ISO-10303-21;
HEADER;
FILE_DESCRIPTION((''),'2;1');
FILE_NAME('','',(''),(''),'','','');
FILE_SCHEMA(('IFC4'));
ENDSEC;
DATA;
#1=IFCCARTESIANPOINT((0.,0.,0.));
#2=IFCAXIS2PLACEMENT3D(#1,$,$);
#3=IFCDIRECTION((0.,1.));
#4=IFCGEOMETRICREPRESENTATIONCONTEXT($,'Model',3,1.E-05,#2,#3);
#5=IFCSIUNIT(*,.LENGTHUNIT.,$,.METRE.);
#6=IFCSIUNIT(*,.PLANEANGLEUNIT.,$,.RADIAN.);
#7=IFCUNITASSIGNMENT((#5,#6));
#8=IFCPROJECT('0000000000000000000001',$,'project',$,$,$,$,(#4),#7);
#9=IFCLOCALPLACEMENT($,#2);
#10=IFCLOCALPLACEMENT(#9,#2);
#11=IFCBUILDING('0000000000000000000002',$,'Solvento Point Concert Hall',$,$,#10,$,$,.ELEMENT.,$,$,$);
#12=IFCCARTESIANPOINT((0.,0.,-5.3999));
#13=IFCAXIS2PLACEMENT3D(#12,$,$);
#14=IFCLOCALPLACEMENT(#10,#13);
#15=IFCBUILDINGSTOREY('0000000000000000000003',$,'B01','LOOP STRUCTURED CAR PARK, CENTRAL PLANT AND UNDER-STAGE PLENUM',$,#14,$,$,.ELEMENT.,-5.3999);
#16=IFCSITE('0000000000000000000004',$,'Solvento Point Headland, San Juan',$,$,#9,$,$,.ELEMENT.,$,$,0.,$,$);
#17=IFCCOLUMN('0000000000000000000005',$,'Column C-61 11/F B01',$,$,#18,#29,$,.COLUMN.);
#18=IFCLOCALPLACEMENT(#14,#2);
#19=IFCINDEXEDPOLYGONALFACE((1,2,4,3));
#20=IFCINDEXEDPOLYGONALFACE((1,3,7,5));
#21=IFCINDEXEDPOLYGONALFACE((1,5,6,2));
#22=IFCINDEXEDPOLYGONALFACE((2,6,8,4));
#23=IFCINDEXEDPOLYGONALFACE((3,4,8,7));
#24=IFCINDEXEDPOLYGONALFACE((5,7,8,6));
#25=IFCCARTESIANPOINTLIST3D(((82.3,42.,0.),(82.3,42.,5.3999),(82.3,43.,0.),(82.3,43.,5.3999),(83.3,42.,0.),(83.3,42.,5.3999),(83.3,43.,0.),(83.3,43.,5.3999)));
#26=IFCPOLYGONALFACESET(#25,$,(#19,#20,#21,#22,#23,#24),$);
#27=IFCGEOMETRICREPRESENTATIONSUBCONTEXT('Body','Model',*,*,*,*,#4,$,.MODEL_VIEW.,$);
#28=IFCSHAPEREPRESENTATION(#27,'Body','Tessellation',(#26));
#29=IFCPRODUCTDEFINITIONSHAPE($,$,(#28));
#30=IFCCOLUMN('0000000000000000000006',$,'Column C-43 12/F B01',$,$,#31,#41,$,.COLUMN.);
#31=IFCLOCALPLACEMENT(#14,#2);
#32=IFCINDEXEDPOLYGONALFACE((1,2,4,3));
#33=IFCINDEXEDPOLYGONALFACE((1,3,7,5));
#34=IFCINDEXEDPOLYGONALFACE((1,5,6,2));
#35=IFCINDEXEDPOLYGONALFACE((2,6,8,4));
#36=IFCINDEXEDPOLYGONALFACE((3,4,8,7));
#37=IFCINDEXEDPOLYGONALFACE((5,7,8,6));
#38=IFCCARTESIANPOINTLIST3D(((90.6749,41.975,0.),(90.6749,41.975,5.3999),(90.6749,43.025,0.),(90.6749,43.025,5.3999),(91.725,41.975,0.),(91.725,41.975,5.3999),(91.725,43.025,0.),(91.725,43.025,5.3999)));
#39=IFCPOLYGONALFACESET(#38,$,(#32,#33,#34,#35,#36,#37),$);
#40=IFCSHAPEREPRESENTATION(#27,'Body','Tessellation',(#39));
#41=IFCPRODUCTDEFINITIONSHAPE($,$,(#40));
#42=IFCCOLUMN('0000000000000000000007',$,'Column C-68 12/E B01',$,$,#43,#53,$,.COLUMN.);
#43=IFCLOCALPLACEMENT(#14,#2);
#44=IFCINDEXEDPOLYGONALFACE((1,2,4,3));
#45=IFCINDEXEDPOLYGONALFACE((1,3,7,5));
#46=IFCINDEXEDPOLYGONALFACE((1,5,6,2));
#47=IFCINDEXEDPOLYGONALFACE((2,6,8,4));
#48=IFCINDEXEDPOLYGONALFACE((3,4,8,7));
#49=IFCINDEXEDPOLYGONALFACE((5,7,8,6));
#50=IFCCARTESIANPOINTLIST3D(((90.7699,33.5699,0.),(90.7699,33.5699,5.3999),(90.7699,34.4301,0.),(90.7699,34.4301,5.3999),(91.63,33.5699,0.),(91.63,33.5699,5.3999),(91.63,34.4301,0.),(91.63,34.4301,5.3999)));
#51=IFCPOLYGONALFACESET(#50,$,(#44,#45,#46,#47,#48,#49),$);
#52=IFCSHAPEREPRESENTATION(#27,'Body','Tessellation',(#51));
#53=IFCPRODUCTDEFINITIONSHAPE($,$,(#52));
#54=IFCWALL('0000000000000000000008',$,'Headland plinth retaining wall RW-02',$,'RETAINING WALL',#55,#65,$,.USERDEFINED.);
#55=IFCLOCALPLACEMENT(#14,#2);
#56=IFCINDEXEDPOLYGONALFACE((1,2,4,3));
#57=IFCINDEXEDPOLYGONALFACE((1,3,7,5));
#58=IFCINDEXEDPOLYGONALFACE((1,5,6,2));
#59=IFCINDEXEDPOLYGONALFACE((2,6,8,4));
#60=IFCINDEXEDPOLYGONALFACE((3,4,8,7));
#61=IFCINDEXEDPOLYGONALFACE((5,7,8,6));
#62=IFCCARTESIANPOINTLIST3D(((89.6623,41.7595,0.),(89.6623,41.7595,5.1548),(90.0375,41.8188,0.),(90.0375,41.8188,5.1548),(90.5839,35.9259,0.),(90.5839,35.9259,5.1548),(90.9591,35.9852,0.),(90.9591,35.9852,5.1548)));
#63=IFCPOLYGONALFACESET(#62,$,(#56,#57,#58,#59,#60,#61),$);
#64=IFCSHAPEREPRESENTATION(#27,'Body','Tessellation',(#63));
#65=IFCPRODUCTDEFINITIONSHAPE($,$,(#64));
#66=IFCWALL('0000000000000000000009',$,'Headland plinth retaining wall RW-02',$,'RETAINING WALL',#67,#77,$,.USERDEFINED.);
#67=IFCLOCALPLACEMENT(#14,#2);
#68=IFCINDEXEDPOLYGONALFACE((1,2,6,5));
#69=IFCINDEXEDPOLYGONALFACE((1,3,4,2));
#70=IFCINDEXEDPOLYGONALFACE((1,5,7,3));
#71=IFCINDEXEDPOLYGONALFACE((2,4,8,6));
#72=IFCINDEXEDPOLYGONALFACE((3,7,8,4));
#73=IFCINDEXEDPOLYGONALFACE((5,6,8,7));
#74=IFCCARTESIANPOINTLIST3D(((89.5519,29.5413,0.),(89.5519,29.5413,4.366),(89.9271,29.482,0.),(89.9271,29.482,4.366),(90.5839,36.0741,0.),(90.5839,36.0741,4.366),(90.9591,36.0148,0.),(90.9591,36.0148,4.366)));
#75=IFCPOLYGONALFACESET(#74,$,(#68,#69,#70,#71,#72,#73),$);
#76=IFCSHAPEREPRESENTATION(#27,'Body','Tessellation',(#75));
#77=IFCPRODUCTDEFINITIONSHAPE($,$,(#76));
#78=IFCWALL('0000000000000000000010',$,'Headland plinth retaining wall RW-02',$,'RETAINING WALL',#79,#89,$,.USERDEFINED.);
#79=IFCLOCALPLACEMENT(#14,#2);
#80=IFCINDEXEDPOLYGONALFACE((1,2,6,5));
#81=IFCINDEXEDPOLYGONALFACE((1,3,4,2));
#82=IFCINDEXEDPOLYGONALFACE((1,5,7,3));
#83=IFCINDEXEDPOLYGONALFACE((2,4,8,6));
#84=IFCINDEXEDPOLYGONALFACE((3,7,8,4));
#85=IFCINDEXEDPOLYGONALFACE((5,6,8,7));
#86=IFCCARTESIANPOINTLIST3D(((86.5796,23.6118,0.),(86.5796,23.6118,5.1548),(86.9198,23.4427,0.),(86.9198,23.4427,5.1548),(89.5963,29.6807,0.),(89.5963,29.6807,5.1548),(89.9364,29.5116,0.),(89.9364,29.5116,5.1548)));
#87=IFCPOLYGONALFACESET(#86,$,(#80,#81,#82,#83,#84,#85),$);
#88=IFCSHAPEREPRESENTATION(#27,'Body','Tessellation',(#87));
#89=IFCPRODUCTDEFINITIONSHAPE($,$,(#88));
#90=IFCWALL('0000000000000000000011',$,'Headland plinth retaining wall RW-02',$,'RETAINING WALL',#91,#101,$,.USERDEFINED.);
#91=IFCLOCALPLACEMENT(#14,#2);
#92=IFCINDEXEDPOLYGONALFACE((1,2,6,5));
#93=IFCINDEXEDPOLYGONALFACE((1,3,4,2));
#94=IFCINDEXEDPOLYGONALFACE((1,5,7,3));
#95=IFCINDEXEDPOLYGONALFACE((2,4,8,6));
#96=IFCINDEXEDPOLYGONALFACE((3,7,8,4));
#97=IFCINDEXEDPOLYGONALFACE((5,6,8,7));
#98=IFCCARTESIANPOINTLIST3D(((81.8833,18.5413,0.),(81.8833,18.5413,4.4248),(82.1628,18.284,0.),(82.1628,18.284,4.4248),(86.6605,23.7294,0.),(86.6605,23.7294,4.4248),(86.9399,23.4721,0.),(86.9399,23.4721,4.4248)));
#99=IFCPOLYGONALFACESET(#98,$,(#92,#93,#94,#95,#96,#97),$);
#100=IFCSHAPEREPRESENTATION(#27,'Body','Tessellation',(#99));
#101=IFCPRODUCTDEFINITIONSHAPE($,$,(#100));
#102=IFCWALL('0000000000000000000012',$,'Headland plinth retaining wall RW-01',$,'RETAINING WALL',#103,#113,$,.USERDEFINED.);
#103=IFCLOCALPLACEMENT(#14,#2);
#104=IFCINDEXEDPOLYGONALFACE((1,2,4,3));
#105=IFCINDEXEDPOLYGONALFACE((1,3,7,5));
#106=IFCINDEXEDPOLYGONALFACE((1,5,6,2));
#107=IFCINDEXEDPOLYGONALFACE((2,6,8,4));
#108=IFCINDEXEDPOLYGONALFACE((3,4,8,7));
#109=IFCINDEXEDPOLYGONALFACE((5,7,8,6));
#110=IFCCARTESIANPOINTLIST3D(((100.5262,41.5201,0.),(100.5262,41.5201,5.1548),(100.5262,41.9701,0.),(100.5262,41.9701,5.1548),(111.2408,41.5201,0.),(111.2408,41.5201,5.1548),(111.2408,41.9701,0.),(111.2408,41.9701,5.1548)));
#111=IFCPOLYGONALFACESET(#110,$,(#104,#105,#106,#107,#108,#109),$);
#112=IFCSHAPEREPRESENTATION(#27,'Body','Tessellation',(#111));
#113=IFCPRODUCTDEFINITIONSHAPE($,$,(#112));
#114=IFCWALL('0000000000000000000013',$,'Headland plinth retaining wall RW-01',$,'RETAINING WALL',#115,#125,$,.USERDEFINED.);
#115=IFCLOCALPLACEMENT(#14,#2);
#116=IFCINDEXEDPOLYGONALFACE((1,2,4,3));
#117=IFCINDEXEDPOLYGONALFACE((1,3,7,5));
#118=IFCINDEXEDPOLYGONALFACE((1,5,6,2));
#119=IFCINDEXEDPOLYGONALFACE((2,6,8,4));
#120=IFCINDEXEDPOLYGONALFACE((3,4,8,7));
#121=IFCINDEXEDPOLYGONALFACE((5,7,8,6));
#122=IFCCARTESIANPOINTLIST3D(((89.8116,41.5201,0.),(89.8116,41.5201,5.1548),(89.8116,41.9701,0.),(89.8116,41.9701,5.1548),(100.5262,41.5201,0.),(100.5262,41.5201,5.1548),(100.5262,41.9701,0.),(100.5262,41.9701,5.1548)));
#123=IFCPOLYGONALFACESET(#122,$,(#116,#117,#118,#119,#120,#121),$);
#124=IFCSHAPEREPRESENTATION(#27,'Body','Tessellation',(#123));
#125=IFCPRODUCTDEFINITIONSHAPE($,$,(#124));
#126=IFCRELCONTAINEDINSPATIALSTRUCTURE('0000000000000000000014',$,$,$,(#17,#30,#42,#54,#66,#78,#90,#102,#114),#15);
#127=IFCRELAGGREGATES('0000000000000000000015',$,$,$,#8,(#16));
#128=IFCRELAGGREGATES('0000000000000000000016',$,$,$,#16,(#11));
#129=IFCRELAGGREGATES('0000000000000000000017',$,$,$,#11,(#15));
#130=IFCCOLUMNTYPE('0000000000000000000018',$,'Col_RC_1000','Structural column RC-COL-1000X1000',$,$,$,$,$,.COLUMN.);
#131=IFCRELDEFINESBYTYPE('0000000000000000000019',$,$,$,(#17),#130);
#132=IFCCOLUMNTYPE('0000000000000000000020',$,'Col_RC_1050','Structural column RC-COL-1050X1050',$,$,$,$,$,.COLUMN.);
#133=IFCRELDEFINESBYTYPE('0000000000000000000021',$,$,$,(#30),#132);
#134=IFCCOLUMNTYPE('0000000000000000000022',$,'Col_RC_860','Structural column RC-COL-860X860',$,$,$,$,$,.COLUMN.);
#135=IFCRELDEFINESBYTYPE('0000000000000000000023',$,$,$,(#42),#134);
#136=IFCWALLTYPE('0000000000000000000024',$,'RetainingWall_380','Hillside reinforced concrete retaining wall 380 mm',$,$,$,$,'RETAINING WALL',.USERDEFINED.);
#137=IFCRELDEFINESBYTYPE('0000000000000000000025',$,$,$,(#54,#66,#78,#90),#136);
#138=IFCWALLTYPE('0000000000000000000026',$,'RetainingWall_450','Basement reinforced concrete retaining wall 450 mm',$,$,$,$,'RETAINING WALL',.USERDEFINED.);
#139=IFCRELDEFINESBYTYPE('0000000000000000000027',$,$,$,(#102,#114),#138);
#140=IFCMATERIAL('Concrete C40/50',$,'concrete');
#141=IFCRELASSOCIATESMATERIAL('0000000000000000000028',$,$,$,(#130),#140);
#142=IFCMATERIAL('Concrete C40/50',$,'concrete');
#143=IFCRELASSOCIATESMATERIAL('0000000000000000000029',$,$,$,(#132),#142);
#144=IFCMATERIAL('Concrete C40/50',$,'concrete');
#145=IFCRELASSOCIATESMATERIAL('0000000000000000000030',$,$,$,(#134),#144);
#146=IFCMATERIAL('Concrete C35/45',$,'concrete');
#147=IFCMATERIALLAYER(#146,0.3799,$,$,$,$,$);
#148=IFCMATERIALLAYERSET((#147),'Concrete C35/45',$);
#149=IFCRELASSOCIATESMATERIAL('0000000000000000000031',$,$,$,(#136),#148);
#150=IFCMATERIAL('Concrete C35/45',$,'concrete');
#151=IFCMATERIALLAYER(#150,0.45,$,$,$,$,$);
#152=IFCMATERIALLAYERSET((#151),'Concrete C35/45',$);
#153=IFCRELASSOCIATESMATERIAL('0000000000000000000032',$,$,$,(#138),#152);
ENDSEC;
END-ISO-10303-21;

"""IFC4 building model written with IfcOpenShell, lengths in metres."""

from ifc_helpers import new_model, si_unit, direction, frame, frame_2d, origin, origin_2d, place, context, subcontext, project, spatial, rectangle, extrude, material, layer, layer_set, material_profile, profile_set, type_object, element, save


model = new_model("IFC4")

# Units and contexts
model_context = context("Model", 3, precision=1e-05, world=origin(), true_north=direction((0.0, 1.0)))
body_context = subcontext(model_context, "Body", "Model", "MODEL_VIEW")
ifc_project = project(units=[si_unit("LENGTHUNIT", "METRE"), si_unit("PLANEANGLEUNIT", "RADIAN")], contexts=[model_context])

# Site, building, storey
site_placement = place(None, origin())
site = spatial("IfcSite", under=ifc_project, at=site_placement, Name="Solvento Point Headland, San Juan", CompositionType="ELEMENT", RefElevation=0.0)
building_placement = place(site_placement, origin())
building = spatial("IfcBuilding", under=site, at=building_placement, Name="Solvento Point Concert Hall", CompositionType="ELEMENT")
storey_placement = place(building_placement, frame((0.0, 0.0, -5.3999)))
storey = spatial("IfcBuildingStorey", under=building, at=storey_placement, Name="B01", Description="LOOP STRUCTURED CAR PARK, CENTRAL PLANT AND UNDER-STAGE PLENUM", CompositionType="ELEMENT", Elevation=-5.3999)

# Columns
ifc_material_1 = material(Name="Concrete C40/50", Category="concrete")
ifc_material_profile_1 = material_profile(ifc_material_1, rectangle(XDim=1.0, YDim=1.0, at=origin_2d()), Name="RC-COL-1000X1000")
ifc_profile_set_1 = profile_set([ifc_material_profile_1], Name="Concrete C40/50")
column_type_1 = type_object("IfcColumnType", Name="Col_RC_1000", Description="Structural column RC-COL-1000X1000", PredefinedType="COLUMN", material=ifc_profile_set_1)
column_1_placement = place(storey_placement, frame((82.8, 42.5, 0.0), z_axis=(0.0, 0.0, 1.0), x_axis=(1.0, 0.0, 0.0)))
element("IfcColumn", 1, at=column_1_placement, inside=storey, type_object=column_type_1, Name="Column C-61 11/F B01", PredefinedType="COLUMN", context=body_context, shape_type="SweptSolid", body=[
    extrude(rectangle(XDim=1.0, YDim=1.0, at=origin_2d()), origin(), (0.0, 0.0, 1.0), 5.3999),
])
ifc_material_2 = material(Name="Concrete C40/50", Category="concrete")
ifc_material_profile_2 = material_profile(ifc_material_2, rectangle(XDim=1.05, YDim=1.05, at=origin_2d()), Name="RC-COL-1050X1050")
ifc_profile_set_2 = profile_set([ifc_material_profile_2], Name="Concrete C40/50")
column_type_2 = type_object("IfcColumnType", Name="Col_RC_1050", Description="Structural column RC-COL-1050X1050", PredefinedType="COLUMN", material=ifc_profile_set_2)
column_2_placement = place(storey_placement, frame((91.2, 42.5, 0.0), z_axis=(0.0, 0.0, 1.0), x_axis=(1.0, 0.0, 0.0)))
element("IfcColumn", 2, at=column_2_placement, inside=storey, type_object=column_type_2, Name="Column C-43 12/F B01", PredefinedType="COLUMN", context=body_context, shape_type="SweptSolid", body=[
    extrude(rectangle(XDim=1.05, YDim=1.05, at=origin_2d()), origin(), (0.0, 0.0, 1.0), 5.3999),
])
ifc_material_3 = material(Name="Concrete C40/50", Category="concrete")
ifc_material_profile_3 = material_profile(ifc_material_3, rectangle(XDim=0.8601, YDim=0.8601, at=origin_2d()), Name="RC-COL-860X860")
ifc_profile_set_3 = profile_set([ifc_material_profile_3], Name="Concrete C40/50")
column_type_3 = type_object("IfcColumnType", Name="Col_RC_860", Description="Structural column RC-COL-860X860", PredefinedType="COLUMN", material=ifc_profile_set_3)
column_3_placement = place(storey_placement, frame((91.2, 34.0, 0.0), z_axis=(0.0, 0.0, 1.0), x_axis=(1.0, 0.0, 0.0)))
element("IfcColumn", 3, at=column_3_placement, inside=storey, type_object=column_type_3, Name="Column C-68 12/E B01", PredefinedType="COLUMN", context=body_context, shape_type="SweptSolid", body=[
    extrude(rectangle(XDim=0.8601, YDim=0.8601, at=origin_2d()), origin(), (0.0, 0.0, 1.0), 5.3999),
])

# Walls
ifc_material_4 = material(Name="Concrete C35/45", Category="concrete")
ifc_layer_1 = layer(ifc_material_4, 0.3799)
ifc_layer_set_1 = layer_set([ifc_layer_1], Name="Concrete C35/45")
wall_type_1 = type_object("IfcWallType", Name="RetainingWall_380", Description="Hillside reinforced concrete retaining wall 380 mm", ElementType="RETAINING WALL", PredefinedType="USERDEFINED", material=ifc_layer_set_1)
wall_1_placement = place(storey_placement, frame((89.8499, 41.7893, 0.0), z_axis=(0.0, 0.0, 1.0), x_axis=(0.156047, -0.98775, 0.0)))
element("IfcWall", 4, at=wall_1_placement, inside=storey, type_object=wall_type_1, Name="Headland plinth retaining wall RW-02", ObjectType="RETAINING WALL", PredefinedType="USERDEFINED", context=body_context, shape_type="SweptSolid", body=[
    extrude(rectangle(XDim=5.906, YDim=0.3799, at=frame_2d((2.9531, 0.0))), origin(), (0.0, 0.0, 1.0), 5.1548),
])
wall_2_placement = place(storey_placement, frame((90.7715, 36.0444, 0.0), z_axis=(0.0, 0.0, 1.0), x_axis=(-0.156037, -0.987751, 0.0)))
element("IfcWall", 5, at=wall_2_placement, inside=storey, type_object=wall_type_1, Name="Headland plinth retaining wall RW-02", ObjectType="RETAINING WALL", PredefinedType="USERDEFINED", context=body_context, shape_type="SweptSolid", body=[
    extrude(rectangle(XDim=6.6138, YDim=0.3799, at=frame_2d((3.3069, 0.0))), origin(), (0.0, 0.0, 1.0), 4.366),
])
wall_3_placement = place(storey_placement, frame((89.7664, 29.5962, 0.0), z_axis=(0.0, 0.0, 1.0), x_axis=(-0.445109, -0.895477, 0.0)))
element("IfcWall", 6, at=wall_3_placement, inside=storey, type_object=wall_type_1, Name="Headland plinth retaining wall RW-02", ObjectType="RETAINING WALL", PredefinedType="USERDEFINED", context=body_context, shape_type="SweptSolid", body=[
    extrude(rectangle(XDim=6.7773, YDim=0.3799, at=frame_2d((3.3887, 0.0))), origin(), (0.0, 0.0, 1.0), 5.1548),
])
wall_4_placement = place(storey_placement, frame((86.8003, 23.6008, 0.0), z_axis=(0.0, 0.0, 1.0), x_axis=(-0.677375, -0.735638, 0.0)))
element("IfcWall", 7, at=wall_4_placement, inside=storey, type_object=wall_type_1, Name="Headland plinth retaining wall RW-02", ObjectType="RETAINING WALL", PredefinedType="USERDEFINED", context=body_context, shape_type="SweptSolid", body=[
    extrude(rectangle(XDim=7.0525, YDim=0.3799, at=frame_2d((3.5264, 0.0))), origin(), (0.0, 0.0, 1.0), 4.4248),
])
ifc_material_5 = material(Name="Concrete C35/45", Category="concrete")
ifc_layer_2 = layer(ifc_material_5, 0.45)
ifc_layer_set_2 = layer_set([ifc_layer_2], Name="Concrete C35/45")
wall_type_2 = type_object("IfcWallType", Name="RetainingWall_450", Description="Basement reinforced concrete retaining wall 450 mm", ElementType="RETAINING WALL", PredefinedType="USERDEFINED", material=ifc_layer_set_2)
for number, where, z_axis, x_axis, name in (
    (8, (111.241, 41.7451, 0.0), (0.0, 0.0, 1.0), (-1.0, 0.0, 0.0), "Headland plinth retaining wall RW-01"),
    (9, (100.5264, 41.7451, 0.0), (0.0, 0.0, 1.0), (-1.0, 0.0, 0.0), "Headland plinth retaining wall RW-01"),
):
    element("IfcWall", number, at=place(storey_placement, frame(where, z_axis=z_axis, x_axis=x_axis)), inside=storey, type_object=wall_type_2, Name=name, ObjectType="RETAINING WALL", PredefinedType="USERDEFINED", context=body_context, shape_type="SweptSolid", body=[
        extrude(rectangle(XDim=10.7146, YDim=0.45, at=frame_2d((5.3574, 0.0))), origin(), (0.0, 0.0, 1.0), 5.1548),
    ])

save(model, "model.ifc")
